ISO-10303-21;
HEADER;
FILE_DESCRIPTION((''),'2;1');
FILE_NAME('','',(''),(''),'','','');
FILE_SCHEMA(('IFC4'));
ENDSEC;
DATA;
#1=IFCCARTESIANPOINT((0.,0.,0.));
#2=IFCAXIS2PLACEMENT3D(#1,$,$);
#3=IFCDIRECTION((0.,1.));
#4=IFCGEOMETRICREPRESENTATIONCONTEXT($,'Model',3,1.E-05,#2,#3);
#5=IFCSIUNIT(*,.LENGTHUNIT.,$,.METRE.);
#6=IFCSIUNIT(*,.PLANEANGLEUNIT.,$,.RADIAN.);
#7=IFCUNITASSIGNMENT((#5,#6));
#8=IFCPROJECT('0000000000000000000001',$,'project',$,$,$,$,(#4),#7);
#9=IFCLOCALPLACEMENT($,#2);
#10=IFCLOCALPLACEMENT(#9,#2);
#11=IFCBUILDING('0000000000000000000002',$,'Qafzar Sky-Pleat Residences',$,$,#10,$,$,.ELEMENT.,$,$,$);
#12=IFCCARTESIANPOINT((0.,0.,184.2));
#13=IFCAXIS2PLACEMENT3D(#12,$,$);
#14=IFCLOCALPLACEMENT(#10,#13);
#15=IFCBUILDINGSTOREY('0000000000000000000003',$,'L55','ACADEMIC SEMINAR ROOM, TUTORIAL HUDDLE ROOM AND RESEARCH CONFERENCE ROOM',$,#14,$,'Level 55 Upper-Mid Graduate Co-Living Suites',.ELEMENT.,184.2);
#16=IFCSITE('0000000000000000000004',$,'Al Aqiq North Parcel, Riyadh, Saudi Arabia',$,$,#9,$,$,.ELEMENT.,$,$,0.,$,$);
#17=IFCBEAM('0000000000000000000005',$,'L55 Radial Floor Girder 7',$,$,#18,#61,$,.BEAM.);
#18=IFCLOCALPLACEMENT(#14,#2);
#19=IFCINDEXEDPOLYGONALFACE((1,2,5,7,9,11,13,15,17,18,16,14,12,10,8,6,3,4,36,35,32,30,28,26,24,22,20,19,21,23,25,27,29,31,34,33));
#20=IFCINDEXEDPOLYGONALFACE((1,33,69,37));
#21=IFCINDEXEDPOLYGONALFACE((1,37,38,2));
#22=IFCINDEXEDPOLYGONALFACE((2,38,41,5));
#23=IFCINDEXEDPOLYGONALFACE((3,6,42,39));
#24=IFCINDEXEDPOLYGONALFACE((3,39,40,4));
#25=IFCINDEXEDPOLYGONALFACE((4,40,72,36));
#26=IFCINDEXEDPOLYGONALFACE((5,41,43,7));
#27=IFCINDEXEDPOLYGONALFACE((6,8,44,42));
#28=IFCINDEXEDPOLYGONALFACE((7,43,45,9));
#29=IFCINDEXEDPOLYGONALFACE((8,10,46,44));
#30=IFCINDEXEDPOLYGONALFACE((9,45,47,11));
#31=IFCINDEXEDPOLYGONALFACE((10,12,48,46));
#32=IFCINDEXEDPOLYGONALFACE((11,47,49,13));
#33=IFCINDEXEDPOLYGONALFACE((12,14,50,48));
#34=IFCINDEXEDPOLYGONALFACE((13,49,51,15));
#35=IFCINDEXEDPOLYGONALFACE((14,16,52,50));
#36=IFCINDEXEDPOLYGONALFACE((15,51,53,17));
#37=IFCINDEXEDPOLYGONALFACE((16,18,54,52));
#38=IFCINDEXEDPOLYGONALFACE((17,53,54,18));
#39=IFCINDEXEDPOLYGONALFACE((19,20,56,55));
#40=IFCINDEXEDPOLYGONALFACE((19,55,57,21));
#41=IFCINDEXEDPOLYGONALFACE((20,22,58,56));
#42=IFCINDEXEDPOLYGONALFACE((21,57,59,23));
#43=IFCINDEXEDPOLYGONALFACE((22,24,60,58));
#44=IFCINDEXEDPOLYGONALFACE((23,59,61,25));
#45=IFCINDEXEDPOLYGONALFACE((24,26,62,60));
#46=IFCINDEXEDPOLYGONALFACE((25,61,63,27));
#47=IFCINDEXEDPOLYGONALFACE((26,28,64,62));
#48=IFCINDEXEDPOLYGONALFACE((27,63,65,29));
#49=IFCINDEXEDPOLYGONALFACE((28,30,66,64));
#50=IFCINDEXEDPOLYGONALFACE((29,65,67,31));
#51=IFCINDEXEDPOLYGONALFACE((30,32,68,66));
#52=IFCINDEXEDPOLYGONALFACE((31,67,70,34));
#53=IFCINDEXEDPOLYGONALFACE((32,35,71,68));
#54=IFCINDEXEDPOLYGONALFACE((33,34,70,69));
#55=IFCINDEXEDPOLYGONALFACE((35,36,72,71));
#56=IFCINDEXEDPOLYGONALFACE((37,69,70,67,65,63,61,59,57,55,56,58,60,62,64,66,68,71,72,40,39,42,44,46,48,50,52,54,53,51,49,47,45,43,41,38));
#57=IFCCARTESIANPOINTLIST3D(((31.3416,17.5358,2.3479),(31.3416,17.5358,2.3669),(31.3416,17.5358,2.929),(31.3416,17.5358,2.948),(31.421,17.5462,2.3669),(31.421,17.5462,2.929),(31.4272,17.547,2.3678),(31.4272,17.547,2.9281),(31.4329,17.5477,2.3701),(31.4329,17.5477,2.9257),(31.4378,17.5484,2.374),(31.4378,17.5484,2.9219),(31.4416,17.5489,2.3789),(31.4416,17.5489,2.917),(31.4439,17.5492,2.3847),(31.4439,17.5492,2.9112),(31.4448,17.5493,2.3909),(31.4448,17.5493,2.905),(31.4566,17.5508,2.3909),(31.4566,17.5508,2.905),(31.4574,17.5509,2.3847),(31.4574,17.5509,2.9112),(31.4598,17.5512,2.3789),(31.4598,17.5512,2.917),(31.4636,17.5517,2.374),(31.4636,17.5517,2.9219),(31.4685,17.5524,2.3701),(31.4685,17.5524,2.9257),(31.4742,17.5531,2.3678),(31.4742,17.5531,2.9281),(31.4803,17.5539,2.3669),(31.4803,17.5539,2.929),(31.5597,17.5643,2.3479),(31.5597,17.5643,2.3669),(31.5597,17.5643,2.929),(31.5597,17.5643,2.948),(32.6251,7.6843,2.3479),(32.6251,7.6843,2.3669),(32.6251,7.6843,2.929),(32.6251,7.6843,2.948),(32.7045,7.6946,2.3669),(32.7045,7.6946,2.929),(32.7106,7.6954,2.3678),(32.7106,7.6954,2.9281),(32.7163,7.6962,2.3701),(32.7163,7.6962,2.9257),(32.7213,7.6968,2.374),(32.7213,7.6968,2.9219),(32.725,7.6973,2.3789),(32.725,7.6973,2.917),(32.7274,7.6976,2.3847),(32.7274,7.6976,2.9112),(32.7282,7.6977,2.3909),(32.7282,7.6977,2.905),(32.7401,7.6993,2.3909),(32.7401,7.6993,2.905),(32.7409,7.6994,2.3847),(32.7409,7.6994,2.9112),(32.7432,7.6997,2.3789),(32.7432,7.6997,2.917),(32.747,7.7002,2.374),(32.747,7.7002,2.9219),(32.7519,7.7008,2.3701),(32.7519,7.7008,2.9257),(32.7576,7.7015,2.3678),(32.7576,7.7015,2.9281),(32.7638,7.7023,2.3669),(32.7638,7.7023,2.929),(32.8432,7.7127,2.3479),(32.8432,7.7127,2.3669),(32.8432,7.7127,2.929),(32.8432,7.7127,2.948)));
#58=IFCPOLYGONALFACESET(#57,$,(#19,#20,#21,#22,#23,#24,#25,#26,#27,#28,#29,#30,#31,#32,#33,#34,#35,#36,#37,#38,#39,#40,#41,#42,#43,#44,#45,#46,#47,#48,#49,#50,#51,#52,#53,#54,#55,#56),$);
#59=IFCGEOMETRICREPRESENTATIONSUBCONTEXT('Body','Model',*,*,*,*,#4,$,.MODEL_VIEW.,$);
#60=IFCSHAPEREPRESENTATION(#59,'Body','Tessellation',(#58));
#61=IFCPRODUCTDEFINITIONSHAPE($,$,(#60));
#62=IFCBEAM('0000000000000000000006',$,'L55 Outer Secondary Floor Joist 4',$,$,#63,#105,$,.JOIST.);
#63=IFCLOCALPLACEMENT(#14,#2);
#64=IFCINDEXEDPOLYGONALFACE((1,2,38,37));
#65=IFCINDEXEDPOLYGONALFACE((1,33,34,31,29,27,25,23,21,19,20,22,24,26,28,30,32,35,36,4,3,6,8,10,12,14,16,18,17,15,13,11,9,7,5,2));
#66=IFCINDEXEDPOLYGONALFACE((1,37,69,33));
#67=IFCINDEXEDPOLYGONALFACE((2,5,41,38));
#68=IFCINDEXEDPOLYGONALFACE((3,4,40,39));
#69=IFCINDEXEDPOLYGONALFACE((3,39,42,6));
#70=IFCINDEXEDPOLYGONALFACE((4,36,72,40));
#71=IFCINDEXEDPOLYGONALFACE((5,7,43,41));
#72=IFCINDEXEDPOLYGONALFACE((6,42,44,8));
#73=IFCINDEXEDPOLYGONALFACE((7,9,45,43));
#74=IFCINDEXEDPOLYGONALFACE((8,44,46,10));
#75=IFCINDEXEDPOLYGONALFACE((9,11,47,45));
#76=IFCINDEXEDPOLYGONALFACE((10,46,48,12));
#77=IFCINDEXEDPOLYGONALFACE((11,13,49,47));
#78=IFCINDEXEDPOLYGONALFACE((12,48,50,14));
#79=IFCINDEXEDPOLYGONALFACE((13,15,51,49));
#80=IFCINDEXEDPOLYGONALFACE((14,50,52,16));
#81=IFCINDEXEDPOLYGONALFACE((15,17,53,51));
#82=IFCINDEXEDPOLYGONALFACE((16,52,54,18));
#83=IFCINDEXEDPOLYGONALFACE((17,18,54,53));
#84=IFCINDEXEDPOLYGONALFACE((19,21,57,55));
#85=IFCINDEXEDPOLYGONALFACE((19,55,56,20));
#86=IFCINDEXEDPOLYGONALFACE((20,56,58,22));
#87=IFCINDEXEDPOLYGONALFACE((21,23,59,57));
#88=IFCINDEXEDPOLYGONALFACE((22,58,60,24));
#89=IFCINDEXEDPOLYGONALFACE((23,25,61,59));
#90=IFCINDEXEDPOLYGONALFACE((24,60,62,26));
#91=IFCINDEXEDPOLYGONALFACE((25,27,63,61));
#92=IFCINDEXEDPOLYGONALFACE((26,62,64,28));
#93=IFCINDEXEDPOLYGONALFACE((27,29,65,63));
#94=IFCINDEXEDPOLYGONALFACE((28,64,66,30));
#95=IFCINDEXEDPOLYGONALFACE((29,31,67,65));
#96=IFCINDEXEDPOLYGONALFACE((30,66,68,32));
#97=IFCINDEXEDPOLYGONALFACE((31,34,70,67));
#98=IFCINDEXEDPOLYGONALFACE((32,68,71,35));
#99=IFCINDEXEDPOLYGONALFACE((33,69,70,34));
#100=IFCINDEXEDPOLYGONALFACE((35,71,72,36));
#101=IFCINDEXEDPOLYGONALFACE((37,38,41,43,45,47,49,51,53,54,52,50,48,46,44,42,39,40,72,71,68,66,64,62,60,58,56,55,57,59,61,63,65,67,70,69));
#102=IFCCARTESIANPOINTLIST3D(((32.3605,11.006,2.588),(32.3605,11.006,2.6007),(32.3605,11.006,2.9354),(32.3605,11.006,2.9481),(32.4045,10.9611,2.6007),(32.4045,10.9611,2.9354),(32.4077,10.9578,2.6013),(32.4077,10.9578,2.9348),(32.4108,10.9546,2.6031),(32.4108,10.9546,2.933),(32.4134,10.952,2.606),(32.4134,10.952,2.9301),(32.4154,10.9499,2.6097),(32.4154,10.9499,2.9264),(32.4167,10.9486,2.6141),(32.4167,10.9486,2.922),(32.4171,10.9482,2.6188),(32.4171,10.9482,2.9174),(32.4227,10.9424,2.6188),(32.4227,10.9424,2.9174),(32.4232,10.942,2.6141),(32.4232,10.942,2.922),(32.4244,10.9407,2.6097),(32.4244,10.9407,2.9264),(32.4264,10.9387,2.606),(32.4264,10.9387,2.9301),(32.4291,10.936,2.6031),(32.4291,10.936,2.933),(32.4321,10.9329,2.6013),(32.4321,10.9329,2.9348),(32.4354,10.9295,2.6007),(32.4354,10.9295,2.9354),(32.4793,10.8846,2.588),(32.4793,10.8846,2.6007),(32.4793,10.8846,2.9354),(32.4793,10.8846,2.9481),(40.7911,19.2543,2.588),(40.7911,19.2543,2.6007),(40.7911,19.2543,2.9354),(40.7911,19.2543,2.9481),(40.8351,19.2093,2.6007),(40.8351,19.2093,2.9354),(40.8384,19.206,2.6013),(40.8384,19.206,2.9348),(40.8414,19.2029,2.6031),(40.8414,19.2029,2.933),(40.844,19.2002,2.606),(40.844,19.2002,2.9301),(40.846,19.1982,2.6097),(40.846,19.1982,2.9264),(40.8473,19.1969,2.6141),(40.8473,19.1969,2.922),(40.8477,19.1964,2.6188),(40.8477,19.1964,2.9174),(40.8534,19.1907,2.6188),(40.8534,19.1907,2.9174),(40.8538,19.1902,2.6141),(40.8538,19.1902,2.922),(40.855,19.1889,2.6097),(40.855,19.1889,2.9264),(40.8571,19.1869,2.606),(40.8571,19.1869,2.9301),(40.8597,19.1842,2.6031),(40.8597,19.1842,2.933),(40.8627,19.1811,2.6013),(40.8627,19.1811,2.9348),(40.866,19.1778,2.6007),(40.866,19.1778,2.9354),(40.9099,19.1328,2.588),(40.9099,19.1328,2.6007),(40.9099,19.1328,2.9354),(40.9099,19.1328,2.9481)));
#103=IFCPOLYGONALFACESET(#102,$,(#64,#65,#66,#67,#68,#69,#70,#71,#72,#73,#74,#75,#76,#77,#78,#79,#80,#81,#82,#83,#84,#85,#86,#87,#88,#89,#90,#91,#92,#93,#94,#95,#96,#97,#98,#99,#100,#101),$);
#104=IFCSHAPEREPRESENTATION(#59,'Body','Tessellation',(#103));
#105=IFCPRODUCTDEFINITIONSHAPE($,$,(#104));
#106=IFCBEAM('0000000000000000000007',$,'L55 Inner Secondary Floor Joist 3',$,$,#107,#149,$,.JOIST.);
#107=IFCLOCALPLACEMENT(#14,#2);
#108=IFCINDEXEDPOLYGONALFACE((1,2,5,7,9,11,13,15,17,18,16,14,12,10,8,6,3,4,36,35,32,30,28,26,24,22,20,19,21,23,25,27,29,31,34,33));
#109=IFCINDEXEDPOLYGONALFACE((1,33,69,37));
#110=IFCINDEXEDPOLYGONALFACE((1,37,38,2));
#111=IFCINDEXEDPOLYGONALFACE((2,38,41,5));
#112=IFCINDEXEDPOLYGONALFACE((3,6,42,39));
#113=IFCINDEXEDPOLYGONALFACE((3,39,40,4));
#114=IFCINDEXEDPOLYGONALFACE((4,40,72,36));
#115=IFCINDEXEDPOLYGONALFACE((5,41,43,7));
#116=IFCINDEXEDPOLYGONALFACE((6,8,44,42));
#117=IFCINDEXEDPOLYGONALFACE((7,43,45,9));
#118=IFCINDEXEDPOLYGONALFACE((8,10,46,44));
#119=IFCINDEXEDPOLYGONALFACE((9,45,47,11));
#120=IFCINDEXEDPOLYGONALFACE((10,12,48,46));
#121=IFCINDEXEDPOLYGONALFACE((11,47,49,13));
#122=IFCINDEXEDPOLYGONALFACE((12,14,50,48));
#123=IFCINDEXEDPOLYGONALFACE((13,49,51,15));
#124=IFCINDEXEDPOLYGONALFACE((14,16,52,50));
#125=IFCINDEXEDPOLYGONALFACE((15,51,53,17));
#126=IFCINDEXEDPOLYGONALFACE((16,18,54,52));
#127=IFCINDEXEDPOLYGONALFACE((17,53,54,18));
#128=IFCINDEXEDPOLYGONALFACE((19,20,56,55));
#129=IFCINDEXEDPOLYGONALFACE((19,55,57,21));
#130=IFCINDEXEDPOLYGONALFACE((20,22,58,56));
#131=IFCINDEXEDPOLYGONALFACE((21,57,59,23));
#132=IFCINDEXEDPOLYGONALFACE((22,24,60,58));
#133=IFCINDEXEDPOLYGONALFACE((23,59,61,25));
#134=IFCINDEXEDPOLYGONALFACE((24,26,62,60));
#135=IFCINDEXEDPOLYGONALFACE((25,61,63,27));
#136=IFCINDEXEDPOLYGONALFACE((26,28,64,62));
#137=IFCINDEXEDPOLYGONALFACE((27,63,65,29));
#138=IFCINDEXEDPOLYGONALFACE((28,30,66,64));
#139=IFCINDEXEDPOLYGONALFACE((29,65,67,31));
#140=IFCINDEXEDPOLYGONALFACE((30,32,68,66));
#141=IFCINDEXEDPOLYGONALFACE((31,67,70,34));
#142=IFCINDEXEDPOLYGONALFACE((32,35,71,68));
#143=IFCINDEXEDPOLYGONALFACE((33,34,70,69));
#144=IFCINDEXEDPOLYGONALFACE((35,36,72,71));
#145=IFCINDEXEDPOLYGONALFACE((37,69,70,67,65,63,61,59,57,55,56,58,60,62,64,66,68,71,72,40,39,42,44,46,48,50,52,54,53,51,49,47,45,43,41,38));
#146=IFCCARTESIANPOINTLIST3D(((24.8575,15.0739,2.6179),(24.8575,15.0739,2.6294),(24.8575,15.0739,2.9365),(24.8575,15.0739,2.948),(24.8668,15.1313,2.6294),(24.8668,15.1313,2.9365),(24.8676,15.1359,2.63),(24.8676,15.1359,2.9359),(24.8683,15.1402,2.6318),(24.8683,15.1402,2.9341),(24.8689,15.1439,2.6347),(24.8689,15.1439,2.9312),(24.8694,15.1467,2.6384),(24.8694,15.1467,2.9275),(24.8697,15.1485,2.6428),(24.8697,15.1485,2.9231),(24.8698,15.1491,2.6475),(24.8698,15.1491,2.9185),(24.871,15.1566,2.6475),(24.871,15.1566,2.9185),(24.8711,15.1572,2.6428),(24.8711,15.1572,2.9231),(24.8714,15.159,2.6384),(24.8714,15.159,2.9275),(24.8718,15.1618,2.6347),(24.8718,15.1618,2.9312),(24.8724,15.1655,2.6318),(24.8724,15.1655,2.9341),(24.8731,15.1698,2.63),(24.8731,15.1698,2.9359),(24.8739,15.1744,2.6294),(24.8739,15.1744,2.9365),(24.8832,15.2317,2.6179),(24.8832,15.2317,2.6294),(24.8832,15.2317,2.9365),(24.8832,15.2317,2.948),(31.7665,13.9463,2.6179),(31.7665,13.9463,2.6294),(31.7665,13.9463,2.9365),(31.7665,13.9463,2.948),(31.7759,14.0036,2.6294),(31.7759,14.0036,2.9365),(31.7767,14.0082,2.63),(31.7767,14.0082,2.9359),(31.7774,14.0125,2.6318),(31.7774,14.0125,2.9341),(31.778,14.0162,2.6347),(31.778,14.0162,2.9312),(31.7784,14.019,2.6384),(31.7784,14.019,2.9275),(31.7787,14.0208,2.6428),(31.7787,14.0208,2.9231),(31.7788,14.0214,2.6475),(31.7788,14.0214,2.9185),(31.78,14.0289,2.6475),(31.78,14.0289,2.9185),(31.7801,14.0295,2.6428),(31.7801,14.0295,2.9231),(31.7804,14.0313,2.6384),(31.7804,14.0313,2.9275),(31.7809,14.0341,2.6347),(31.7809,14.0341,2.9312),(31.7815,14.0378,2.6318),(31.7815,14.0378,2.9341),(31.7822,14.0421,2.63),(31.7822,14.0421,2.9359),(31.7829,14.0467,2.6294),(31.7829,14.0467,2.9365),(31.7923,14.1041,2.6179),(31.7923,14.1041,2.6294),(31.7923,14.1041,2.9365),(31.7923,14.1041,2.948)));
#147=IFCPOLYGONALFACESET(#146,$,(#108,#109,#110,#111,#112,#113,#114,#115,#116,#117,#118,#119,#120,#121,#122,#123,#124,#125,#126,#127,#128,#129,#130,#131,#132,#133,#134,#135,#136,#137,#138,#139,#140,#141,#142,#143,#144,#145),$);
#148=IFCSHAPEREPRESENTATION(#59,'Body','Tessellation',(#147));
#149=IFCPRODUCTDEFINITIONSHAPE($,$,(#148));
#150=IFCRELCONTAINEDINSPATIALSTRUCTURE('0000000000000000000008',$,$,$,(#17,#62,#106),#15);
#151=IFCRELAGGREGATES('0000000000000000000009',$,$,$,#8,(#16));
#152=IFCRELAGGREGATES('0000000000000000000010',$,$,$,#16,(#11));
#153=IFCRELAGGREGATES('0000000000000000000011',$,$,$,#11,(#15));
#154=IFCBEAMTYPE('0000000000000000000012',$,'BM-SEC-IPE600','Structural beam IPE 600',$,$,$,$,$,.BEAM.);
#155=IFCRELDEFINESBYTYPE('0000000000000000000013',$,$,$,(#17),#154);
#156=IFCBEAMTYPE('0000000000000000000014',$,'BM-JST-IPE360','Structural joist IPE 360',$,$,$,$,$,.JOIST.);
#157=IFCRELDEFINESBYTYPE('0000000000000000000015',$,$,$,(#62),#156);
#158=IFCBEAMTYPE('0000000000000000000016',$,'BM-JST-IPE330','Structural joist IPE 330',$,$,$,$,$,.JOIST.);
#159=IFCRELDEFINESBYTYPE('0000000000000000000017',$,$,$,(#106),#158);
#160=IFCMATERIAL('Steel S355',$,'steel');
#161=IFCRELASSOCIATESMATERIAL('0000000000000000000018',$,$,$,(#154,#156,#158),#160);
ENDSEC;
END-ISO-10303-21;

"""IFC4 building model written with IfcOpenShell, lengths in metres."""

from ifc_helpers import new_model, si_unit, direction, frame, origin, origin_2d, place, context, subcontext, project, spatial, i_section, extrude, source, transform, mapped, material, material_profile, profile_set, type_object, element, save


model = new_model("IFC4")

# Units and contexts
model_context = context("Model", 3, precision=1e-05, world=origin(), true_north=direction((0.0, 1.0)))
body_context = subcontext(model_context, "Body", "Model", "MODEL_VIEW")
ifc_project = project(units=[si_unit("LENGTHUNIT", "METRE"), si_unit("PLANEANGLEUNIT", "RADIAN")], contexts=[model_context])

# Site, building, storey
site_placement = place(None, origin())
site = spatial("IfcSite", under=ifc_project, at=site_placement, Name="Al Aqiq North Parcel, Riyadh, Saudi Arabia", CompositionType="ELEMENT", RefElevation=0.0)
building_placement = place(site_placement, origin())
building = spatial("IfcBuilding", under=site, at=building_placement, Name="Qafzar Sky-Pleat Residences", CompositionType="ELEMENT")
storey_placement = place(building_placement, frame((0.0, 0.0, 184.2)))
storey = spatial("IfcBuildingStorey", under=building, at=storey_placement, Name="L55", Description="ACADEMIC SEMINAR ROOM, TUTORIAL HUDDLE ROOM AND RESEARCH CONFERENCE ROOM", LongName="Level 55 Upper-Mid Graduate Co-Living Suites", CompositionType="ELEMENT", Elevation=184.2)

# Shared definitions
ifc_material_1 = material(Name="Steel S355", Category="steel")

# Beams
ifc_material_profile_1 = material_profile(ifc_material_1, i_section(OverallWidth=0.22, OverallDepth=0.6001, WebThickness=0.012, FlangeThickness=0.019, FilletRadius=0.0239, at=origin_2d()), Name="IPE 600")
ifc_profile_set_1 = profile_set([ifc_material_profile_1], Name="Steel S355")
beam_type_1 = type_object("IfcBeamType", Name="BM-SEC-IPE600", Description="Structural beam IPE 600", PredefinedType="BEAM", material=ifc_profile_set_1)
shared_shape_1 = source(origin(), body_context, "Body", "SweptSolid", [
    extrude(i_section(OverallWidth=0.22, OverallDepth=0.6001, WebThickness=0.012, FlangeThickness=0.019, FilletRadius=0.0239, at=origin_2d()), origin(), (0.0, 0.0, 1.0), 9.9348),
])
beam_1_placement = place(storey_placement, frame((32.7341, 7.6985, 2.6479), z_axis=(-0.129187, 0.99162, 0.0), x_axis=(-0.99162, -0.129187, 0.0)))
element("IfcBeam", 1, at=beam_1_placement, inside=storey, type_object=beam_type_1, Name="L55 Radial Floor Girder 7", PredefinedType="BEAM", context=body_context, shape_type="MappedRepresentation", body=[
    mapped(shared_shape_1, transform((0.0, 0.0, 0.0), x_axis=(1.0, 0.0, 0.0), y_axis=(0.0, 1.0, 0.0), z_axis=(0.0, 0.0, 1.0), scale=1.0)),
])
ifc_material_profile_2 = material_profile(ifc_material_1, i_section(OverallWidth=0.1699, OverallDepth=0.3601, WebThickness=0.0081, FlangeThickness=0.0127, FilletRadius=0.0181, at=origin_2d()), Name="IPE 360")
ifc_profile_set_2 = profile_set([ifc_material_profile_2], Name="Steel S355")
beam_type_2 = type_object("IfcBeamType", Name="BM-JST-IPE360", Description="Structural joist IPE 360", PredefinedType="JOIST", material=ifc_profile_set_2)
shared_shape_2 = source(origin(), body_context, "Body", "SweptSolid", [
    extrude(i_section(OverallWidth=0.1699, OverallDepth=0.3601, WebThickness=0.0081, FlangeThickness=0.0127, FilletRadius=0.0181, at=origin_2d()), origin(), (0.0, 0.0, 1.0), 11.7944),
])
beam_2_placement = place(storey_placement, frame((32.4199, 10.9453, 2.7681), z_axis=(0.714796, 0.699333, 0.0), x_axis=(-0.699333, 0.714796, 0.0)))
element("IfcBeam", 2, at=beam_2_placement, inside=storey, type_object=beam_type_2, Name="L55 Outer Secondary Floor Joist 4", PredefinedType="JOIST", context=body_context, shape_type="MappedRepresentation", body=[
    mapped(shared_shape_2, transform((0.0, 0.0, 0.0), x_axis=(1.0, 0.0, 0.0), y_axis=(0.0, 1.0, 0.0), z_axis=(0.0, 0.0, 1.0), scale=1.0)),
])
ifc_material_profile_3 = material_profile(ifc_material_1, i_section(OverallWidth=0.1599, OverallDepth=0.3301, WebThickness=0.0076, FlangeThickness=0.0115, FilletRadius=0.0181, at=origin_2d()), Name="IPE 330")
ifc_profile_set_3 = profile_set([ifc_material_profile_3], Name="Steel S355")
beam_type_3 = type_object("IfcBeamType", Name="BM-JST-IPE330", Description="Structural joist IPE 330", PredefinedType="JOIST", material=ifc_profile_set_3)
shared_shape_3 = source(origin(), body_context, "Body", "SweptSolid", [
    extrude(i_section(OverallWidth=0.1599, OverallDepth=0.3301, WebThickness=0.0076, FlangeThickness=0.0115, FilletRadius=0.0181, at=origin_2d()), origin(), (0.0, 0.0, 1.0), 7.0005),
])
beam_3_placement = place(storey_placement, frame((24.8704, 15.1528, 2.783), z_axis=(0.986941, -0.161084, 0.0), x_axis=(0.161084, 0.986941, 0.0)))
element("IfcBeam", 3, at=beam_3_placement, inside=storey, type_object=beam_type_3, Name="L55 Inner Secondary Floor Joist 3", PredefinedType="JOIST", context=body_context, shape_type="MappedRepresentation", body=[
    mapped(shared_shape_3, transform((0.0, 0.0, 0.0), x_axis=(1.0, 0.0, 0.0), y_axis=(0.0, 1.0, 0.0), z_axis=(0.0, 0.0, 1.0), scale=1.0)),
])

save(model, "model.ifc")
